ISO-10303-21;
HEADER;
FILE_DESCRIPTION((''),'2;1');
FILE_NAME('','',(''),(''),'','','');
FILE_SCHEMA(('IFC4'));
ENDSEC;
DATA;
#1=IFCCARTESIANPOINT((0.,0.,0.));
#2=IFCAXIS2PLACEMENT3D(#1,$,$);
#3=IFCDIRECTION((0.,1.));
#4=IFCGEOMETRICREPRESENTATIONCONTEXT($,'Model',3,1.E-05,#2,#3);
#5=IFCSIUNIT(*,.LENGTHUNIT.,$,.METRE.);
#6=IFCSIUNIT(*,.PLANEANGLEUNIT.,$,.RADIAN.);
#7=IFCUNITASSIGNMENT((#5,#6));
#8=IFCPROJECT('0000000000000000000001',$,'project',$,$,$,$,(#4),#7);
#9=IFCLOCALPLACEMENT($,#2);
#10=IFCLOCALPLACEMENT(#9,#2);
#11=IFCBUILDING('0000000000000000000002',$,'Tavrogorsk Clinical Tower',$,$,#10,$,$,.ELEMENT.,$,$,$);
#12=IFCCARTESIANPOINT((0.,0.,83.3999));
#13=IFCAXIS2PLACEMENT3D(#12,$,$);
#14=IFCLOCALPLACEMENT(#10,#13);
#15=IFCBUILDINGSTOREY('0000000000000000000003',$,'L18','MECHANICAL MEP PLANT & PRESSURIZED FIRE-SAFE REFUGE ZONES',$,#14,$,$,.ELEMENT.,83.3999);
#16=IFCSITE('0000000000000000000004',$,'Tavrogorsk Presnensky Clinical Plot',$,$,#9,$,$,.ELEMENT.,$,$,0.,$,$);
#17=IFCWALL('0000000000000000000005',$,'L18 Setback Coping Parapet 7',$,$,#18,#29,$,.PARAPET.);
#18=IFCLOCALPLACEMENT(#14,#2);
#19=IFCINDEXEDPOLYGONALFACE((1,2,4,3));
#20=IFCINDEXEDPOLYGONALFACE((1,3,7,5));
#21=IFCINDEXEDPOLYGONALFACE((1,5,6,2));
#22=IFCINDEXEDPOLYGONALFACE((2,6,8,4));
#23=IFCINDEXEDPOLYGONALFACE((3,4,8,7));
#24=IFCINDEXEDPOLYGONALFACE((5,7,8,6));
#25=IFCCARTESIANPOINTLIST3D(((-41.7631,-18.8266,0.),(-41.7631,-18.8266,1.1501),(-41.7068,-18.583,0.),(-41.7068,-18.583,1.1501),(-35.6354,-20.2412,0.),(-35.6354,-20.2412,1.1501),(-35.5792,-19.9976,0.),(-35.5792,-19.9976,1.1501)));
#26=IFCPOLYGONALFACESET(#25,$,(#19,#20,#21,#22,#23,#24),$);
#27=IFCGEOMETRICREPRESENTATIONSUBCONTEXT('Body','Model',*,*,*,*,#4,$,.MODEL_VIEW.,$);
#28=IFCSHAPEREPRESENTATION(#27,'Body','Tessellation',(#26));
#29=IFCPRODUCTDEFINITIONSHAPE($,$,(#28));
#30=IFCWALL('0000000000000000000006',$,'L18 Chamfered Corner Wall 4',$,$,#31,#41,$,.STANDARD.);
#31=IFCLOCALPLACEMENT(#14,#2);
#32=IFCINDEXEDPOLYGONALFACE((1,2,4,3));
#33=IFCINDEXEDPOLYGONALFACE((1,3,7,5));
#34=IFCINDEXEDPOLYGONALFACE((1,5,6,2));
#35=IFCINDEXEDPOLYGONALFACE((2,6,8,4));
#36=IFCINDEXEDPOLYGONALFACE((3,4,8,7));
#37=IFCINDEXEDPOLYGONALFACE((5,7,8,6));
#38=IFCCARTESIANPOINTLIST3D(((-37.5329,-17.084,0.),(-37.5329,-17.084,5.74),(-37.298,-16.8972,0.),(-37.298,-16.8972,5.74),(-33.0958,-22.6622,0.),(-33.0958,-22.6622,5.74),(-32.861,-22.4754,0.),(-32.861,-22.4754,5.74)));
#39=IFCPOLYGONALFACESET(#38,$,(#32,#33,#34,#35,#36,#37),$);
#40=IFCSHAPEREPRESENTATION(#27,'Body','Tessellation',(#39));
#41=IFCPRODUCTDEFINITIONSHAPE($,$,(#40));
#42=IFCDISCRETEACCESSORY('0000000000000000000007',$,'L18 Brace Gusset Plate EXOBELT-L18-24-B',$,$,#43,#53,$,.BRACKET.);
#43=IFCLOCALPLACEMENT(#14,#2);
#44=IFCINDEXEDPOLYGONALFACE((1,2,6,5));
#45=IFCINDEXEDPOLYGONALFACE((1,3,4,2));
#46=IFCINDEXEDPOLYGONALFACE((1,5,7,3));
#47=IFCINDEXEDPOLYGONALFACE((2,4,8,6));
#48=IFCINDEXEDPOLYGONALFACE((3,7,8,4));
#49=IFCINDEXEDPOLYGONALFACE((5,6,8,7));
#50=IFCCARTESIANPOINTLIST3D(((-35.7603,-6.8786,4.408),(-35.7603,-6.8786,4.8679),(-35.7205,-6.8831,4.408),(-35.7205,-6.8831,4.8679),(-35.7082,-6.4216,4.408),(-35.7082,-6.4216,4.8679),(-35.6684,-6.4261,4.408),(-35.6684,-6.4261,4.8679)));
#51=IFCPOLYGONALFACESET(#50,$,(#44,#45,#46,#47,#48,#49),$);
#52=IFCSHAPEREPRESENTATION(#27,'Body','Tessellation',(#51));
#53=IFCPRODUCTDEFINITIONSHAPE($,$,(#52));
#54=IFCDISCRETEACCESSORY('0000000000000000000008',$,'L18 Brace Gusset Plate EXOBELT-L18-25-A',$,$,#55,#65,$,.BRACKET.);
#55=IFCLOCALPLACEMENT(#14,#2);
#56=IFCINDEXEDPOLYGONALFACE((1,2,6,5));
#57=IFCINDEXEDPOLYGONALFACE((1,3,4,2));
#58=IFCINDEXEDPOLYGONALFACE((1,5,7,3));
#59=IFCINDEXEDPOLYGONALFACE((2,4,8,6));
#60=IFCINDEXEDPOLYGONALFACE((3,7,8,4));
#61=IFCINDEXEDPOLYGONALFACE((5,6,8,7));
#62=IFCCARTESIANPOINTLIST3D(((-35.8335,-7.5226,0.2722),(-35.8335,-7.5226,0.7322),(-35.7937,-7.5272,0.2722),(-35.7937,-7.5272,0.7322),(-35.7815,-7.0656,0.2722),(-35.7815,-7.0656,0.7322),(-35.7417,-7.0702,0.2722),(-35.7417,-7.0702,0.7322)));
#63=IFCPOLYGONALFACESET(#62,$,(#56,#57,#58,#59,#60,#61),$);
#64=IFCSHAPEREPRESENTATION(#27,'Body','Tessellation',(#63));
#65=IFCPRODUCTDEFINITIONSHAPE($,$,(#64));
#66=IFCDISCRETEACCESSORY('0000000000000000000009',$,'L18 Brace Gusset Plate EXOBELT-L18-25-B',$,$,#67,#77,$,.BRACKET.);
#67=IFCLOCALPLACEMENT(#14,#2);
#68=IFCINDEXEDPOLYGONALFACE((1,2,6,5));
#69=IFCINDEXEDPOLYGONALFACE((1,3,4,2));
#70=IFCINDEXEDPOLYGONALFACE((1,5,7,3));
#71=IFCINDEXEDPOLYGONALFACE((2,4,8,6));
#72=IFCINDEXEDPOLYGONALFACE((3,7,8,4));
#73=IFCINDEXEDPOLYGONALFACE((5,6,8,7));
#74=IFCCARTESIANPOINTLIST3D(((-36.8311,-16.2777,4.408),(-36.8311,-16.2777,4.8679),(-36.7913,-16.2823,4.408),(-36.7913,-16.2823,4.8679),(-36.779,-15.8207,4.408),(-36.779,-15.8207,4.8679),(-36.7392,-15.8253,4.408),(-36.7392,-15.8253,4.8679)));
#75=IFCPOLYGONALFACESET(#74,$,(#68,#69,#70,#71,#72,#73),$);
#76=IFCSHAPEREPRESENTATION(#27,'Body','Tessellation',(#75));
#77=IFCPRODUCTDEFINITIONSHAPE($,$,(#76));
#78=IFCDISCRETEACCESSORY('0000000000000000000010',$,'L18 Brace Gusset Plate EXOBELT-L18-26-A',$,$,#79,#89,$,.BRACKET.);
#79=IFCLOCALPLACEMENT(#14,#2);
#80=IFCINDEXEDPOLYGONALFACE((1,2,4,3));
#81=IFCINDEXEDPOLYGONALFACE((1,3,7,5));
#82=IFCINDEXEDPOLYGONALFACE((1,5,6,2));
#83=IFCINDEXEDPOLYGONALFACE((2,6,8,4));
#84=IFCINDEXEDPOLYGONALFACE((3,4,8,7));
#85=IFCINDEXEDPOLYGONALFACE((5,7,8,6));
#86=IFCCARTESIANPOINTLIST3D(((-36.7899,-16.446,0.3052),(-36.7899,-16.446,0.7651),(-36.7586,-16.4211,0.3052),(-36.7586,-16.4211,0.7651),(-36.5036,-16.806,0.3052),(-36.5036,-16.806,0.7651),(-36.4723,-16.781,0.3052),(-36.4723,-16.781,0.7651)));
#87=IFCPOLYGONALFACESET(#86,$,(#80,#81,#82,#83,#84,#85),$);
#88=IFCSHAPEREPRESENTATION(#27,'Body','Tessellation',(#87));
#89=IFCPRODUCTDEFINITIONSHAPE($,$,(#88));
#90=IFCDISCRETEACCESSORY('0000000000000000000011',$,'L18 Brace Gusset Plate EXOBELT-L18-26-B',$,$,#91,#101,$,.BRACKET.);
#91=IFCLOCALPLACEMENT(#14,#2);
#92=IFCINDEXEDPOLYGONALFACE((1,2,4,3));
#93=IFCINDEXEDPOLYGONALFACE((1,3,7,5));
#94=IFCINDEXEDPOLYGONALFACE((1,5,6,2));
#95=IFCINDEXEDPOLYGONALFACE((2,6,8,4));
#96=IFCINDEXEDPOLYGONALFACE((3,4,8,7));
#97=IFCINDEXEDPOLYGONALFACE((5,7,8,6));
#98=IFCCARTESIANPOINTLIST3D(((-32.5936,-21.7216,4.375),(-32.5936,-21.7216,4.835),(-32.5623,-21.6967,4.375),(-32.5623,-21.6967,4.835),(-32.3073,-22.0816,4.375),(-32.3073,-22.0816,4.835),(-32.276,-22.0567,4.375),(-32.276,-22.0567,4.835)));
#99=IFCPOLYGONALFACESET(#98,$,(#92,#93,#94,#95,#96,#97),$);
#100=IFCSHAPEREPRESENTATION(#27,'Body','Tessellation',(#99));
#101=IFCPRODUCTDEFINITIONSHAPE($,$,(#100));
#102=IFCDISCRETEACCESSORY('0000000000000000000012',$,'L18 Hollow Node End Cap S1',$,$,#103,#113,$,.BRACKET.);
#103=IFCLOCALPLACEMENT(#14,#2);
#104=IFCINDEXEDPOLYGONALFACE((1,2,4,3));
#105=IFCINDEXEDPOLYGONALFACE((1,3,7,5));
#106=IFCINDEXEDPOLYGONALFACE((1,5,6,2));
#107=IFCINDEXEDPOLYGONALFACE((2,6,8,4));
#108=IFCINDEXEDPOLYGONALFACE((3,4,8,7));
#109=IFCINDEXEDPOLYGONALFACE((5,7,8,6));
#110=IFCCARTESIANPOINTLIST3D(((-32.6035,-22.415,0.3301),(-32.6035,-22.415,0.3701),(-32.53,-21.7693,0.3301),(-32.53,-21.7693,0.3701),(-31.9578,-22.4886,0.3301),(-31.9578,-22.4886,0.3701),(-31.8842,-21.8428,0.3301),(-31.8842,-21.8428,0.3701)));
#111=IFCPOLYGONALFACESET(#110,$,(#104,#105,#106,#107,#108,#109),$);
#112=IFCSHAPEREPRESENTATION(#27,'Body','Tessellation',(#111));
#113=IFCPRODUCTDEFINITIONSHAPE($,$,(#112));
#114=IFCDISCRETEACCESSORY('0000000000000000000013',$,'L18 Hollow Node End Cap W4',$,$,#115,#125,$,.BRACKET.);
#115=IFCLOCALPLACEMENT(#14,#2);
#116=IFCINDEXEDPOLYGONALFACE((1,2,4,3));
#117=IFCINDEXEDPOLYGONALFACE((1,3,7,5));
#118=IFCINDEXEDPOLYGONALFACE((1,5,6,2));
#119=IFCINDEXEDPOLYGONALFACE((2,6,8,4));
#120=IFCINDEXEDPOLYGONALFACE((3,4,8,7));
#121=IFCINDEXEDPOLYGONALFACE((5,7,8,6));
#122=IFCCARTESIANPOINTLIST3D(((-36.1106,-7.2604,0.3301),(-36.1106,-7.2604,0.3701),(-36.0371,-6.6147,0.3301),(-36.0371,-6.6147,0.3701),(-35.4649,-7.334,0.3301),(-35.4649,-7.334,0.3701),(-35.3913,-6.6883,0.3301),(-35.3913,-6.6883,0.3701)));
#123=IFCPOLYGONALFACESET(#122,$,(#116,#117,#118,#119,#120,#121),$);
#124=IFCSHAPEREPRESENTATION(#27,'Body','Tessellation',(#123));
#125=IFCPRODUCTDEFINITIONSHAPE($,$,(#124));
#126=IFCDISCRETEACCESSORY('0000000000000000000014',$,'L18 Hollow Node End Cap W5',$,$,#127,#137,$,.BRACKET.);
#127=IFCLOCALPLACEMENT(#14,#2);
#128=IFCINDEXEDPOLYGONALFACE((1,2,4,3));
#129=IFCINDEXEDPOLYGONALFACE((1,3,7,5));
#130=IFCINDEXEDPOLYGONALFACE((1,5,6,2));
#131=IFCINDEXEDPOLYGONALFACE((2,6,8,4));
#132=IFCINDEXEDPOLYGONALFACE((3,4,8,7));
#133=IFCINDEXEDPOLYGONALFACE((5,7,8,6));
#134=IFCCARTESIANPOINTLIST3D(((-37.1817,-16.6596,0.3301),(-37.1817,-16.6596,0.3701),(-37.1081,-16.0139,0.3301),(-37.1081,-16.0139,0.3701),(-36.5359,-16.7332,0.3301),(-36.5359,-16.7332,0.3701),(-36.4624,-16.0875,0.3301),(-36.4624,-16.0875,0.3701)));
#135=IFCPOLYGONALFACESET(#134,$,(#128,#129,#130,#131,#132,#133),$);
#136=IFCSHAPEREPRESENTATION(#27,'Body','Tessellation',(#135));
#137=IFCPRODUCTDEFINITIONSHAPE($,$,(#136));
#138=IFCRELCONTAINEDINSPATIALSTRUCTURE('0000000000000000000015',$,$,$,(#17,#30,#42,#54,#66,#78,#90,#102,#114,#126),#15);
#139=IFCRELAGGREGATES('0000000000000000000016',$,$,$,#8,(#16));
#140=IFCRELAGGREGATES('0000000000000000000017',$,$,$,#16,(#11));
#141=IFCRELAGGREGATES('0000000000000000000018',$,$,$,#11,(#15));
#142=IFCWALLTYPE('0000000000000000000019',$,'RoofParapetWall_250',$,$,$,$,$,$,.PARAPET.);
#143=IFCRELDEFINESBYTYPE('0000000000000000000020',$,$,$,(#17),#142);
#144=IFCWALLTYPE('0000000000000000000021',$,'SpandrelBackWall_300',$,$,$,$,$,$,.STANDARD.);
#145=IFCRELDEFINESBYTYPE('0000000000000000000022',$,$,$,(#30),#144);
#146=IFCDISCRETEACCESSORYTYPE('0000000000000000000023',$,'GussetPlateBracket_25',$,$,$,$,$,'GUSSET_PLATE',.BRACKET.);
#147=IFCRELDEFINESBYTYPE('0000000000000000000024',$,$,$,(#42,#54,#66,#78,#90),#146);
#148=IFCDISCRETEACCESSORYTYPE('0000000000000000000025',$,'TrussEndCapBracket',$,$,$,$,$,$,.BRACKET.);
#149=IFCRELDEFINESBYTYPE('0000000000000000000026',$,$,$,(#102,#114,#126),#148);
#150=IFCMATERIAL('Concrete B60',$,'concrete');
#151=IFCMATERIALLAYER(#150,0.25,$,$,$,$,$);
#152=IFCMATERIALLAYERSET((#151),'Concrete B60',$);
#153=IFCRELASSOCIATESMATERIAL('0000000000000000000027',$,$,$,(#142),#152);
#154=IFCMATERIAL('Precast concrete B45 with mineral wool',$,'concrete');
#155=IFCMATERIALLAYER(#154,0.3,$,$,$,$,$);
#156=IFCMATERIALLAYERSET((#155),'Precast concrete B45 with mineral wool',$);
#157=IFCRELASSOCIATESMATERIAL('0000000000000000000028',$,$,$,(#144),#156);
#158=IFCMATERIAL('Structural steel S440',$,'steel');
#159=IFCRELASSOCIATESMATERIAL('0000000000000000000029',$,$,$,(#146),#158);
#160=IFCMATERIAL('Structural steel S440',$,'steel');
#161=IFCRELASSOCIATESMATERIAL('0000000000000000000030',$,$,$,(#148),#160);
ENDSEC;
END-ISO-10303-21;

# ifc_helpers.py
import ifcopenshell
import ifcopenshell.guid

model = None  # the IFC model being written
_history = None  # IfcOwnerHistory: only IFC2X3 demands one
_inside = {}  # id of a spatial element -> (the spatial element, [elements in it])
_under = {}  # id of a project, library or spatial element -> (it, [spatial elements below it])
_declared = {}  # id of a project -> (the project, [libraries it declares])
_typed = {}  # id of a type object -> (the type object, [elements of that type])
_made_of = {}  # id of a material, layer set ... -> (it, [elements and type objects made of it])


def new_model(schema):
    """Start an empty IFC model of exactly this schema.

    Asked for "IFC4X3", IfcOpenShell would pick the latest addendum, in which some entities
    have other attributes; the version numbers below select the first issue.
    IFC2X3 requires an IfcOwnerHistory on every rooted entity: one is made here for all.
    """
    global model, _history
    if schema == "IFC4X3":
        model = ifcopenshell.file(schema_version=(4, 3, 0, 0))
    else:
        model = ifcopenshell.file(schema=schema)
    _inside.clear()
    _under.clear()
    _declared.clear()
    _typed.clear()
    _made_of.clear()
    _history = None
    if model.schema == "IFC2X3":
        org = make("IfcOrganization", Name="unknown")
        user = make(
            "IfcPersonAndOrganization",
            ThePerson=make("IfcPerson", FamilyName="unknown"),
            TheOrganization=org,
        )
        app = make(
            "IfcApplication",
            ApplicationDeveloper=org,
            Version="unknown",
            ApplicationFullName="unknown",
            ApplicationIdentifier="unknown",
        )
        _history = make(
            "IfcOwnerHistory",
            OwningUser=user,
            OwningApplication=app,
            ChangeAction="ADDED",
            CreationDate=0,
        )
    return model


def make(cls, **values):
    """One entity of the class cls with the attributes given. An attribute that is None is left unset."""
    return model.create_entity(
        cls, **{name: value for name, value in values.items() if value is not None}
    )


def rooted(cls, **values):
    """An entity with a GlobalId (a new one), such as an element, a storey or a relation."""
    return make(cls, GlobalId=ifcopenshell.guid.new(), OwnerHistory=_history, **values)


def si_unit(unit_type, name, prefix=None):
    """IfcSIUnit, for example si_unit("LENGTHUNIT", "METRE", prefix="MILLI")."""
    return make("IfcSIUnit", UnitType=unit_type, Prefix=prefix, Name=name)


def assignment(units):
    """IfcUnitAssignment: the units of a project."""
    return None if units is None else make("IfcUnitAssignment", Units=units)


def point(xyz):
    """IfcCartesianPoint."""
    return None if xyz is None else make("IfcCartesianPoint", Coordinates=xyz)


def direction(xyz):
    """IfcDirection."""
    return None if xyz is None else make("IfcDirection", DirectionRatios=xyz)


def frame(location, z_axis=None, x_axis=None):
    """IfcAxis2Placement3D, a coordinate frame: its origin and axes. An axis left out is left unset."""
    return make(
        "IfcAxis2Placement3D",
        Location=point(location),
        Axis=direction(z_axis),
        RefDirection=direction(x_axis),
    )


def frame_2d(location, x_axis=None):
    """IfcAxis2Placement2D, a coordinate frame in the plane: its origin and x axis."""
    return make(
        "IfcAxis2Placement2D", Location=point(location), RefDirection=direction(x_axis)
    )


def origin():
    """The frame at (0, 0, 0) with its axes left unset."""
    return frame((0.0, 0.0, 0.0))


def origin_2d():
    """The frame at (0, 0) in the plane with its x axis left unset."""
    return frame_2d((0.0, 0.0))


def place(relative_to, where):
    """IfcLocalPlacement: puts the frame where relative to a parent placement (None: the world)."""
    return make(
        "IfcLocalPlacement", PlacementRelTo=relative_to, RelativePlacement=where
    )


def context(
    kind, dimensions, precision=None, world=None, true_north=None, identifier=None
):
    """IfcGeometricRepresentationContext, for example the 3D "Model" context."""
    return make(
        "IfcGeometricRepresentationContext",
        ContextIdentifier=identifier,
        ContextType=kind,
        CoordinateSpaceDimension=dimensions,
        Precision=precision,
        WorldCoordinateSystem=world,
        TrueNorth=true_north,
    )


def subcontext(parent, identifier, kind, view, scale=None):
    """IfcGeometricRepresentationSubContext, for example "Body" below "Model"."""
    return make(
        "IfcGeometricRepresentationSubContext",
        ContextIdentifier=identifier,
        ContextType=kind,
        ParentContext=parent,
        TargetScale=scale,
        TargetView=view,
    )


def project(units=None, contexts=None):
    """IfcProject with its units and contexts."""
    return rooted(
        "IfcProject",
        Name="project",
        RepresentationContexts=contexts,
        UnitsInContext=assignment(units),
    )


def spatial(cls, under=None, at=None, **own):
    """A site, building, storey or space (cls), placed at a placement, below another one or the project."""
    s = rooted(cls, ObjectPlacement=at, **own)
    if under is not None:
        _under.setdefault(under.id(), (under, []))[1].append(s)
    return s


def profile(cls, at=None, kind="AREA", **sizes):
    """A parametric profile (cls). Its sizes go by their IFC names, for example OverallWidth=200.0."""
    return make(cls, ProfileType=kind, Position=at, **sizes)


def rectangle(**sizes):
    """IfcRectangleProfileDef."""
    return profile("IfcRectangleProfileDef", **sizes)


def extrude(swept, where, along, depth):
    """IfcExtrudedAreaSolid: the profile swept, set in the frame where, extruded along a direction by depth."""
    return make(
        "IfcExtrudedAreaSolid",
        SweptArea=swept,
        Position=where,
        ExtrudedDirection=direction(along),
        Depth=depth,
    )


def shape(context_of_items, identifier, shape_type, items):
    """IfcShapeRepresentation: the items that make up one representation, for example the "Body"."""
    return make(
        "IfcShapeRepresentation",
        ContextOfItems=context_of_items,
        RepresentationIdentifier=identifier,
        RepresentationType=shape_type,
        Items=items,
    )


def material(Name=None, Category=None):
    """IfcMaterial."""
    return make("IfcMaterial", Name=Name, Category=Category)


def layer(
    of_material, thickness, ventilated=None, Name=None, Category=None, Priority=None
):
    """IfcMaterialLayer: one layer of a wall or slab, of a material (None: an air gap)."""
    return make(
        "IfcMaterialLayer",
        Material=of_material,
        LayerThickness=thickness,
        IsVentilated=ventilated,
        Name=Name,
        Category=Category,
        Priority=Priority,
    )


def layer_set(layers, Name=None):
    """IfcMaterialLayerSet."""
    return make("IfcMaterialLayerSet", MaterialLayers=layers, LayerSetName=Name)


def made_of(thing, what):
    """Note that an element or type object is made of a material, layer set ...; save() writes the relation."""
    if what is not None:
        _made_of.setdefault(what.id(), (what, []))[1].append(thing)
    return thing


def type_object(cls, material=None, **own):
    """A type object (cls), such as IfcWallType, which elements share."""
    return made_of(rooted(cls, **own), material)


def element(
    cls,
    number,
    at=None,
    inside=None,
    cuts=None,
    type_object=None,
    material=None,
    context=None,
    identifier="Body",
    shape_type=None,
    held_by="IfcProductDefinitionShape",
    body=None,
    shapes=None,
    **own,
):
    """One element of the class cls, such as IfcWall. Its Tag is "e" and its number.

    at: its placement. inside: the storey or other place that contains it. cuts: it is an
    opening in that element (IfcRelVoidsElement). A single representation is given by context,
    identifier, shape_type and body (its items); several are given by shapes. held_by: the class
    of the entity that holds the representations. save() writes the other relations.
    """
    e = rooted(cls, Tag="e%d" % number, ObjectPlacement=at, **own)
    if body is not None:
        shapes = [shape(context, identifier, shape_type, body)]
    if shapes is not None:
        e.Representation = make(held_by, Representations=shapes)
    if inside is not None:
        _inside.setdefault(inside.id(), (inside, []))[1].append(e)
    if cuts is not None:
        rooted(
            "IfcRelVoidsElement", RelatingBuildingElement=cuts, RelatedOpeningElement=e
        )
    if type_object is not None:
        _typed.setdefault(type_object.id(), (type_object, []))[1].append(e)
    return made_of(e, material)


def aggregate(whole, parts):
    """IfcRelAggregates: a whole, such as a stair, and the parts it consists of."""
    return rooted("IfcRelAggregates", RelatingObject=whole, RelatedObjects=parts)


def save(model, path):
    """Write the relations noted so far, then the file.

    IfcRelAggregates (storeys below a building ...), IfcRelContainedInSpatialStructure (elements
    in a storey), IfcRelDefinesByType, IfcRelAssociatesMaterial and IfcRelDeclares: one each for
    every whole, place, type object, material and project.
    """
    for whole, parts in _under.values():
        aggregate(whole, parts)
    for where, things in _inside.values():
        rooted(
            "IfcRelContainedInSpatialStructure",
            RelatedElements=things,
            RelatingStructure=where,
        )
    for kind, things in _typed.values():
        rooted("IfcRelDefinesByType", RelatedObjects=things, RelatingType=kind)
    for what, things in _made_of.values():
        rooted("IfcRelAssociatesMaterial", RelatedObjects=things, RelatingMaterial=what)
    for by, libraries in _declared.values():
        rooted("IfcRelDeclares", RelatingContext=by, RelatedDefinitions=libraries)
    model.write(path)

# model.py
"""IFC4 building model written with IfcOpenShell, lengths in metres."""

from ifc_helpers import new_model, si_unit, direction, frame, frame_2d, origin, origin_2d, place, context, subcontext, project, spatial, rectangle, extrude, material, layer, layer_set, type_object, element, save


model = new_model("IFC4")

# Units and contexts
model_context = context("Model", 3, precision=1e-05, world=origin(), true_north=direction((0.0, 1.0)))
body_context = subcontext(model_context, "Body", "Model", "MODEL_VIEW")
ifc_project = project(units=[si_unit("LENGTHUNIT", "METRE"), si_unit("PLANEANGLEUNIT", "RADIAN")], contexts=[model_context])

# Site, building, storey
site_placement = place(None, origin())
site = spatial("IfcSite", under=ifc_project, at=site_placement, Name="Tavrogorsk Presnensky Clinical Plot", CompositionType="ELEMENT", RefElevation=0.0)
building_placement = place(site_placement, origin())
building = spatial("IfcBuilding", under=site, at=building_placement, Name="Tavrogorsk Clinical Tower", CompositionType="ELEMENT")
storey_placement = place(building_placement, frame((0.0, 0.0, 83.3999)))
storey = spatial("IfcBuildingStorey", under=building, at=storey_placement, Name="L18", Description="MECHANICAL MEP PLANT & PRESSURIZED FIRE-SAFE REFUGE ZONES", CompositionType="ELEMENT", Elevation=83.3999)

# Walls
ifc_material_1 = material(Name="Concrete B60", Category="concrete")
ifc_layer_1 = layer(ifc_material_1, 0.25)
ifc_layer_set_1 = layer_set([ifc_layer_1], Name="Concrete B60")
wall_type_1 = type_object("IfcWallType", Name="RoofParapetWall_250", PredefinedType="PARAPET", material=ifc_layer_set_1)
wall_1_placement = place(storey_placement, frame((-35.6072, -20.1194, 0.0), z_axis=(0.0, 0.0, 1.0), x_axis=(-0.974375, 0.22493, 0.0)))
element("IfcWall", 1, at=wall_1_placement, inside=storey, type_object=wall_type_1, Name="L18 Setback Coping Parapet 7", PredefinedType="PARAPET", context=body_context, shape_type="SweptSolid", body=[
    extrude(rectangle(XDim=6.2888, YDim=0.25, at=frame_2d((3.1445, 0.0))), origin(), (0.0, 0.0, 1.0), 1.1501),
])
ifc_material_2 = material(Name="Precast concrete B45 with mineral wool", Category="concrete")
ifc_layer_2 = layer(ifc_material_2, 0.3)
ifc_layer_set_2 = layer_set([ifc_layer_2], Name="Precast concrete B45 with mineral wool")
wall_type_2 = type_object("IfcWallType", Name="SpandrelBackWall_300", PredefinedType="STANDARD", material=ifc_layer_set_2)
wall_2_placement = place(storey_placement, frame((-37.4155, -16.9905, 0.0), z_axis=(0.0, 0.0, 1.0), x_axis=(0.622512, -0.78261, 0.0)))
element("IfcWall", 2, at=wall_2_placement, inside=storey, type_object=wall_type_2, Name="L18 Chamfered Corner Wall 4", PredefinedType="STANDARD", context=body_context, shape_type="SweptSolid", body=[
    extrude(rectangle(XDim=7.1277, YDim=0.3, at=frame_2d((3.564, 0.0))), origin(), (0.0, 0.0, 1.0), 5.74),
])

# Discrete accessories
ifc_material_3 = material(Name="Structural steel S440", Category="steel")
discrete_accessory_type_1 = type_object("IfcDiscreteAccessoryType", Name="GussetPlateBracket_25", ElementType="GUSSET_PLATE", PredefinedType="BRACKET", material=ifc_material_3)
for number, where, z_axis, x_axis, name in (
    (3, (-35.7144, -6.6523, 4.408), (0.0, 0.0, 1.0), (-0.113203, -0.993572, 0.0), "L18 Brace Gusset Plate EXOBELT-L18-24-B"),
    (4, (-35.7876, -7.2964, 0.2722), (0.0, 0.0, 1.0), (-0.113203, -0.993572, 0.0), "L18 Brace Gusset Plate EXOBELT-L18-25-A"),
    (5, (-36.7852, -16.0515, 4.408), (0.0, 0.0, 1.0), (-0.113203, -0.993572, 0.0), "L18 Brace Gusset Plate EXOBELT-L18-25-B"),
    (6, (-36.6311, -16.6135, 0.3052), (0.0, 0.0, 1.0), (0.622515, -0.782608, 0.0), "L18 Brace Gusset Plate EXOBELT-L18-26-A"),
    (7, (-32.4348, -21.8892, 4.375), (0.0, 0.0, 1.0), (0.622515, -0.782608, 0.0), "L18 Brace Gusset Plate EXOBELT-L18-26-B"),
):
    element("IfcDiscreteAccessory", number, at=place(storey_placement, frame(where, z_axis=z_axis, x_axis=x_axis)), inside=storey, type_object=discrete_accessory_type_1, Name=name, PredefinedType="BRACKET", context=body_context, shape_type="SweptSolid", body=[
        extrude(rectangle(XDim=0.46, YDim=0.04, at=origin_2d()), origin(), (0.0, 0.0, 1.0), 0.46),
    ])
ifc_material_4 = material(Name="Structural steel S440", Category="steel")
discrete_accessory_type_2 = type_object("IfcDiscreteAccessoryType", Name="TrussEndCapBracket", PredefinedType="BRACKET", material=ifc_material_4)
for number, where, z_axis, x_axis, name in (
    (8, (-32.2439, -22.1289, 0.3301), (0.0, 0.0, 1.0), (0.993572, -0.113203, 0.0), "L18 Hollow Node End Cap S1"),
    (9, (-35.751, -6.9744, 0.3301), (0.0, 0.0, 1.0), (0.993572, -0.113203, 0.0), "L18 Hollow Node End Cap W4"),
    (10, (-36.822, -16.3735, 0.3301), (0.0, 0.0, 1.0), (0.993572, -0.113203, 0.0), "L18 Hollow Node End Cap W5"),
):
    element("IfcDiscreteAccessory", number, at=place(storey_placement, frame(where, z_axis=z_axis, x_axis=x_axis)), inside=storey, type_object=discrete_accessory_type_2, Name=name, PredefinedType="BRACKET", context=body_context, shape_type="SweptSolid", body=[
        extrude(rectangle(XDim=0.6499, YDim=0.6499, at=origin_2d()), origin(), (0.0, 0.0, 1.0), 0.04),
    ])

save(model, "model.ifc")
